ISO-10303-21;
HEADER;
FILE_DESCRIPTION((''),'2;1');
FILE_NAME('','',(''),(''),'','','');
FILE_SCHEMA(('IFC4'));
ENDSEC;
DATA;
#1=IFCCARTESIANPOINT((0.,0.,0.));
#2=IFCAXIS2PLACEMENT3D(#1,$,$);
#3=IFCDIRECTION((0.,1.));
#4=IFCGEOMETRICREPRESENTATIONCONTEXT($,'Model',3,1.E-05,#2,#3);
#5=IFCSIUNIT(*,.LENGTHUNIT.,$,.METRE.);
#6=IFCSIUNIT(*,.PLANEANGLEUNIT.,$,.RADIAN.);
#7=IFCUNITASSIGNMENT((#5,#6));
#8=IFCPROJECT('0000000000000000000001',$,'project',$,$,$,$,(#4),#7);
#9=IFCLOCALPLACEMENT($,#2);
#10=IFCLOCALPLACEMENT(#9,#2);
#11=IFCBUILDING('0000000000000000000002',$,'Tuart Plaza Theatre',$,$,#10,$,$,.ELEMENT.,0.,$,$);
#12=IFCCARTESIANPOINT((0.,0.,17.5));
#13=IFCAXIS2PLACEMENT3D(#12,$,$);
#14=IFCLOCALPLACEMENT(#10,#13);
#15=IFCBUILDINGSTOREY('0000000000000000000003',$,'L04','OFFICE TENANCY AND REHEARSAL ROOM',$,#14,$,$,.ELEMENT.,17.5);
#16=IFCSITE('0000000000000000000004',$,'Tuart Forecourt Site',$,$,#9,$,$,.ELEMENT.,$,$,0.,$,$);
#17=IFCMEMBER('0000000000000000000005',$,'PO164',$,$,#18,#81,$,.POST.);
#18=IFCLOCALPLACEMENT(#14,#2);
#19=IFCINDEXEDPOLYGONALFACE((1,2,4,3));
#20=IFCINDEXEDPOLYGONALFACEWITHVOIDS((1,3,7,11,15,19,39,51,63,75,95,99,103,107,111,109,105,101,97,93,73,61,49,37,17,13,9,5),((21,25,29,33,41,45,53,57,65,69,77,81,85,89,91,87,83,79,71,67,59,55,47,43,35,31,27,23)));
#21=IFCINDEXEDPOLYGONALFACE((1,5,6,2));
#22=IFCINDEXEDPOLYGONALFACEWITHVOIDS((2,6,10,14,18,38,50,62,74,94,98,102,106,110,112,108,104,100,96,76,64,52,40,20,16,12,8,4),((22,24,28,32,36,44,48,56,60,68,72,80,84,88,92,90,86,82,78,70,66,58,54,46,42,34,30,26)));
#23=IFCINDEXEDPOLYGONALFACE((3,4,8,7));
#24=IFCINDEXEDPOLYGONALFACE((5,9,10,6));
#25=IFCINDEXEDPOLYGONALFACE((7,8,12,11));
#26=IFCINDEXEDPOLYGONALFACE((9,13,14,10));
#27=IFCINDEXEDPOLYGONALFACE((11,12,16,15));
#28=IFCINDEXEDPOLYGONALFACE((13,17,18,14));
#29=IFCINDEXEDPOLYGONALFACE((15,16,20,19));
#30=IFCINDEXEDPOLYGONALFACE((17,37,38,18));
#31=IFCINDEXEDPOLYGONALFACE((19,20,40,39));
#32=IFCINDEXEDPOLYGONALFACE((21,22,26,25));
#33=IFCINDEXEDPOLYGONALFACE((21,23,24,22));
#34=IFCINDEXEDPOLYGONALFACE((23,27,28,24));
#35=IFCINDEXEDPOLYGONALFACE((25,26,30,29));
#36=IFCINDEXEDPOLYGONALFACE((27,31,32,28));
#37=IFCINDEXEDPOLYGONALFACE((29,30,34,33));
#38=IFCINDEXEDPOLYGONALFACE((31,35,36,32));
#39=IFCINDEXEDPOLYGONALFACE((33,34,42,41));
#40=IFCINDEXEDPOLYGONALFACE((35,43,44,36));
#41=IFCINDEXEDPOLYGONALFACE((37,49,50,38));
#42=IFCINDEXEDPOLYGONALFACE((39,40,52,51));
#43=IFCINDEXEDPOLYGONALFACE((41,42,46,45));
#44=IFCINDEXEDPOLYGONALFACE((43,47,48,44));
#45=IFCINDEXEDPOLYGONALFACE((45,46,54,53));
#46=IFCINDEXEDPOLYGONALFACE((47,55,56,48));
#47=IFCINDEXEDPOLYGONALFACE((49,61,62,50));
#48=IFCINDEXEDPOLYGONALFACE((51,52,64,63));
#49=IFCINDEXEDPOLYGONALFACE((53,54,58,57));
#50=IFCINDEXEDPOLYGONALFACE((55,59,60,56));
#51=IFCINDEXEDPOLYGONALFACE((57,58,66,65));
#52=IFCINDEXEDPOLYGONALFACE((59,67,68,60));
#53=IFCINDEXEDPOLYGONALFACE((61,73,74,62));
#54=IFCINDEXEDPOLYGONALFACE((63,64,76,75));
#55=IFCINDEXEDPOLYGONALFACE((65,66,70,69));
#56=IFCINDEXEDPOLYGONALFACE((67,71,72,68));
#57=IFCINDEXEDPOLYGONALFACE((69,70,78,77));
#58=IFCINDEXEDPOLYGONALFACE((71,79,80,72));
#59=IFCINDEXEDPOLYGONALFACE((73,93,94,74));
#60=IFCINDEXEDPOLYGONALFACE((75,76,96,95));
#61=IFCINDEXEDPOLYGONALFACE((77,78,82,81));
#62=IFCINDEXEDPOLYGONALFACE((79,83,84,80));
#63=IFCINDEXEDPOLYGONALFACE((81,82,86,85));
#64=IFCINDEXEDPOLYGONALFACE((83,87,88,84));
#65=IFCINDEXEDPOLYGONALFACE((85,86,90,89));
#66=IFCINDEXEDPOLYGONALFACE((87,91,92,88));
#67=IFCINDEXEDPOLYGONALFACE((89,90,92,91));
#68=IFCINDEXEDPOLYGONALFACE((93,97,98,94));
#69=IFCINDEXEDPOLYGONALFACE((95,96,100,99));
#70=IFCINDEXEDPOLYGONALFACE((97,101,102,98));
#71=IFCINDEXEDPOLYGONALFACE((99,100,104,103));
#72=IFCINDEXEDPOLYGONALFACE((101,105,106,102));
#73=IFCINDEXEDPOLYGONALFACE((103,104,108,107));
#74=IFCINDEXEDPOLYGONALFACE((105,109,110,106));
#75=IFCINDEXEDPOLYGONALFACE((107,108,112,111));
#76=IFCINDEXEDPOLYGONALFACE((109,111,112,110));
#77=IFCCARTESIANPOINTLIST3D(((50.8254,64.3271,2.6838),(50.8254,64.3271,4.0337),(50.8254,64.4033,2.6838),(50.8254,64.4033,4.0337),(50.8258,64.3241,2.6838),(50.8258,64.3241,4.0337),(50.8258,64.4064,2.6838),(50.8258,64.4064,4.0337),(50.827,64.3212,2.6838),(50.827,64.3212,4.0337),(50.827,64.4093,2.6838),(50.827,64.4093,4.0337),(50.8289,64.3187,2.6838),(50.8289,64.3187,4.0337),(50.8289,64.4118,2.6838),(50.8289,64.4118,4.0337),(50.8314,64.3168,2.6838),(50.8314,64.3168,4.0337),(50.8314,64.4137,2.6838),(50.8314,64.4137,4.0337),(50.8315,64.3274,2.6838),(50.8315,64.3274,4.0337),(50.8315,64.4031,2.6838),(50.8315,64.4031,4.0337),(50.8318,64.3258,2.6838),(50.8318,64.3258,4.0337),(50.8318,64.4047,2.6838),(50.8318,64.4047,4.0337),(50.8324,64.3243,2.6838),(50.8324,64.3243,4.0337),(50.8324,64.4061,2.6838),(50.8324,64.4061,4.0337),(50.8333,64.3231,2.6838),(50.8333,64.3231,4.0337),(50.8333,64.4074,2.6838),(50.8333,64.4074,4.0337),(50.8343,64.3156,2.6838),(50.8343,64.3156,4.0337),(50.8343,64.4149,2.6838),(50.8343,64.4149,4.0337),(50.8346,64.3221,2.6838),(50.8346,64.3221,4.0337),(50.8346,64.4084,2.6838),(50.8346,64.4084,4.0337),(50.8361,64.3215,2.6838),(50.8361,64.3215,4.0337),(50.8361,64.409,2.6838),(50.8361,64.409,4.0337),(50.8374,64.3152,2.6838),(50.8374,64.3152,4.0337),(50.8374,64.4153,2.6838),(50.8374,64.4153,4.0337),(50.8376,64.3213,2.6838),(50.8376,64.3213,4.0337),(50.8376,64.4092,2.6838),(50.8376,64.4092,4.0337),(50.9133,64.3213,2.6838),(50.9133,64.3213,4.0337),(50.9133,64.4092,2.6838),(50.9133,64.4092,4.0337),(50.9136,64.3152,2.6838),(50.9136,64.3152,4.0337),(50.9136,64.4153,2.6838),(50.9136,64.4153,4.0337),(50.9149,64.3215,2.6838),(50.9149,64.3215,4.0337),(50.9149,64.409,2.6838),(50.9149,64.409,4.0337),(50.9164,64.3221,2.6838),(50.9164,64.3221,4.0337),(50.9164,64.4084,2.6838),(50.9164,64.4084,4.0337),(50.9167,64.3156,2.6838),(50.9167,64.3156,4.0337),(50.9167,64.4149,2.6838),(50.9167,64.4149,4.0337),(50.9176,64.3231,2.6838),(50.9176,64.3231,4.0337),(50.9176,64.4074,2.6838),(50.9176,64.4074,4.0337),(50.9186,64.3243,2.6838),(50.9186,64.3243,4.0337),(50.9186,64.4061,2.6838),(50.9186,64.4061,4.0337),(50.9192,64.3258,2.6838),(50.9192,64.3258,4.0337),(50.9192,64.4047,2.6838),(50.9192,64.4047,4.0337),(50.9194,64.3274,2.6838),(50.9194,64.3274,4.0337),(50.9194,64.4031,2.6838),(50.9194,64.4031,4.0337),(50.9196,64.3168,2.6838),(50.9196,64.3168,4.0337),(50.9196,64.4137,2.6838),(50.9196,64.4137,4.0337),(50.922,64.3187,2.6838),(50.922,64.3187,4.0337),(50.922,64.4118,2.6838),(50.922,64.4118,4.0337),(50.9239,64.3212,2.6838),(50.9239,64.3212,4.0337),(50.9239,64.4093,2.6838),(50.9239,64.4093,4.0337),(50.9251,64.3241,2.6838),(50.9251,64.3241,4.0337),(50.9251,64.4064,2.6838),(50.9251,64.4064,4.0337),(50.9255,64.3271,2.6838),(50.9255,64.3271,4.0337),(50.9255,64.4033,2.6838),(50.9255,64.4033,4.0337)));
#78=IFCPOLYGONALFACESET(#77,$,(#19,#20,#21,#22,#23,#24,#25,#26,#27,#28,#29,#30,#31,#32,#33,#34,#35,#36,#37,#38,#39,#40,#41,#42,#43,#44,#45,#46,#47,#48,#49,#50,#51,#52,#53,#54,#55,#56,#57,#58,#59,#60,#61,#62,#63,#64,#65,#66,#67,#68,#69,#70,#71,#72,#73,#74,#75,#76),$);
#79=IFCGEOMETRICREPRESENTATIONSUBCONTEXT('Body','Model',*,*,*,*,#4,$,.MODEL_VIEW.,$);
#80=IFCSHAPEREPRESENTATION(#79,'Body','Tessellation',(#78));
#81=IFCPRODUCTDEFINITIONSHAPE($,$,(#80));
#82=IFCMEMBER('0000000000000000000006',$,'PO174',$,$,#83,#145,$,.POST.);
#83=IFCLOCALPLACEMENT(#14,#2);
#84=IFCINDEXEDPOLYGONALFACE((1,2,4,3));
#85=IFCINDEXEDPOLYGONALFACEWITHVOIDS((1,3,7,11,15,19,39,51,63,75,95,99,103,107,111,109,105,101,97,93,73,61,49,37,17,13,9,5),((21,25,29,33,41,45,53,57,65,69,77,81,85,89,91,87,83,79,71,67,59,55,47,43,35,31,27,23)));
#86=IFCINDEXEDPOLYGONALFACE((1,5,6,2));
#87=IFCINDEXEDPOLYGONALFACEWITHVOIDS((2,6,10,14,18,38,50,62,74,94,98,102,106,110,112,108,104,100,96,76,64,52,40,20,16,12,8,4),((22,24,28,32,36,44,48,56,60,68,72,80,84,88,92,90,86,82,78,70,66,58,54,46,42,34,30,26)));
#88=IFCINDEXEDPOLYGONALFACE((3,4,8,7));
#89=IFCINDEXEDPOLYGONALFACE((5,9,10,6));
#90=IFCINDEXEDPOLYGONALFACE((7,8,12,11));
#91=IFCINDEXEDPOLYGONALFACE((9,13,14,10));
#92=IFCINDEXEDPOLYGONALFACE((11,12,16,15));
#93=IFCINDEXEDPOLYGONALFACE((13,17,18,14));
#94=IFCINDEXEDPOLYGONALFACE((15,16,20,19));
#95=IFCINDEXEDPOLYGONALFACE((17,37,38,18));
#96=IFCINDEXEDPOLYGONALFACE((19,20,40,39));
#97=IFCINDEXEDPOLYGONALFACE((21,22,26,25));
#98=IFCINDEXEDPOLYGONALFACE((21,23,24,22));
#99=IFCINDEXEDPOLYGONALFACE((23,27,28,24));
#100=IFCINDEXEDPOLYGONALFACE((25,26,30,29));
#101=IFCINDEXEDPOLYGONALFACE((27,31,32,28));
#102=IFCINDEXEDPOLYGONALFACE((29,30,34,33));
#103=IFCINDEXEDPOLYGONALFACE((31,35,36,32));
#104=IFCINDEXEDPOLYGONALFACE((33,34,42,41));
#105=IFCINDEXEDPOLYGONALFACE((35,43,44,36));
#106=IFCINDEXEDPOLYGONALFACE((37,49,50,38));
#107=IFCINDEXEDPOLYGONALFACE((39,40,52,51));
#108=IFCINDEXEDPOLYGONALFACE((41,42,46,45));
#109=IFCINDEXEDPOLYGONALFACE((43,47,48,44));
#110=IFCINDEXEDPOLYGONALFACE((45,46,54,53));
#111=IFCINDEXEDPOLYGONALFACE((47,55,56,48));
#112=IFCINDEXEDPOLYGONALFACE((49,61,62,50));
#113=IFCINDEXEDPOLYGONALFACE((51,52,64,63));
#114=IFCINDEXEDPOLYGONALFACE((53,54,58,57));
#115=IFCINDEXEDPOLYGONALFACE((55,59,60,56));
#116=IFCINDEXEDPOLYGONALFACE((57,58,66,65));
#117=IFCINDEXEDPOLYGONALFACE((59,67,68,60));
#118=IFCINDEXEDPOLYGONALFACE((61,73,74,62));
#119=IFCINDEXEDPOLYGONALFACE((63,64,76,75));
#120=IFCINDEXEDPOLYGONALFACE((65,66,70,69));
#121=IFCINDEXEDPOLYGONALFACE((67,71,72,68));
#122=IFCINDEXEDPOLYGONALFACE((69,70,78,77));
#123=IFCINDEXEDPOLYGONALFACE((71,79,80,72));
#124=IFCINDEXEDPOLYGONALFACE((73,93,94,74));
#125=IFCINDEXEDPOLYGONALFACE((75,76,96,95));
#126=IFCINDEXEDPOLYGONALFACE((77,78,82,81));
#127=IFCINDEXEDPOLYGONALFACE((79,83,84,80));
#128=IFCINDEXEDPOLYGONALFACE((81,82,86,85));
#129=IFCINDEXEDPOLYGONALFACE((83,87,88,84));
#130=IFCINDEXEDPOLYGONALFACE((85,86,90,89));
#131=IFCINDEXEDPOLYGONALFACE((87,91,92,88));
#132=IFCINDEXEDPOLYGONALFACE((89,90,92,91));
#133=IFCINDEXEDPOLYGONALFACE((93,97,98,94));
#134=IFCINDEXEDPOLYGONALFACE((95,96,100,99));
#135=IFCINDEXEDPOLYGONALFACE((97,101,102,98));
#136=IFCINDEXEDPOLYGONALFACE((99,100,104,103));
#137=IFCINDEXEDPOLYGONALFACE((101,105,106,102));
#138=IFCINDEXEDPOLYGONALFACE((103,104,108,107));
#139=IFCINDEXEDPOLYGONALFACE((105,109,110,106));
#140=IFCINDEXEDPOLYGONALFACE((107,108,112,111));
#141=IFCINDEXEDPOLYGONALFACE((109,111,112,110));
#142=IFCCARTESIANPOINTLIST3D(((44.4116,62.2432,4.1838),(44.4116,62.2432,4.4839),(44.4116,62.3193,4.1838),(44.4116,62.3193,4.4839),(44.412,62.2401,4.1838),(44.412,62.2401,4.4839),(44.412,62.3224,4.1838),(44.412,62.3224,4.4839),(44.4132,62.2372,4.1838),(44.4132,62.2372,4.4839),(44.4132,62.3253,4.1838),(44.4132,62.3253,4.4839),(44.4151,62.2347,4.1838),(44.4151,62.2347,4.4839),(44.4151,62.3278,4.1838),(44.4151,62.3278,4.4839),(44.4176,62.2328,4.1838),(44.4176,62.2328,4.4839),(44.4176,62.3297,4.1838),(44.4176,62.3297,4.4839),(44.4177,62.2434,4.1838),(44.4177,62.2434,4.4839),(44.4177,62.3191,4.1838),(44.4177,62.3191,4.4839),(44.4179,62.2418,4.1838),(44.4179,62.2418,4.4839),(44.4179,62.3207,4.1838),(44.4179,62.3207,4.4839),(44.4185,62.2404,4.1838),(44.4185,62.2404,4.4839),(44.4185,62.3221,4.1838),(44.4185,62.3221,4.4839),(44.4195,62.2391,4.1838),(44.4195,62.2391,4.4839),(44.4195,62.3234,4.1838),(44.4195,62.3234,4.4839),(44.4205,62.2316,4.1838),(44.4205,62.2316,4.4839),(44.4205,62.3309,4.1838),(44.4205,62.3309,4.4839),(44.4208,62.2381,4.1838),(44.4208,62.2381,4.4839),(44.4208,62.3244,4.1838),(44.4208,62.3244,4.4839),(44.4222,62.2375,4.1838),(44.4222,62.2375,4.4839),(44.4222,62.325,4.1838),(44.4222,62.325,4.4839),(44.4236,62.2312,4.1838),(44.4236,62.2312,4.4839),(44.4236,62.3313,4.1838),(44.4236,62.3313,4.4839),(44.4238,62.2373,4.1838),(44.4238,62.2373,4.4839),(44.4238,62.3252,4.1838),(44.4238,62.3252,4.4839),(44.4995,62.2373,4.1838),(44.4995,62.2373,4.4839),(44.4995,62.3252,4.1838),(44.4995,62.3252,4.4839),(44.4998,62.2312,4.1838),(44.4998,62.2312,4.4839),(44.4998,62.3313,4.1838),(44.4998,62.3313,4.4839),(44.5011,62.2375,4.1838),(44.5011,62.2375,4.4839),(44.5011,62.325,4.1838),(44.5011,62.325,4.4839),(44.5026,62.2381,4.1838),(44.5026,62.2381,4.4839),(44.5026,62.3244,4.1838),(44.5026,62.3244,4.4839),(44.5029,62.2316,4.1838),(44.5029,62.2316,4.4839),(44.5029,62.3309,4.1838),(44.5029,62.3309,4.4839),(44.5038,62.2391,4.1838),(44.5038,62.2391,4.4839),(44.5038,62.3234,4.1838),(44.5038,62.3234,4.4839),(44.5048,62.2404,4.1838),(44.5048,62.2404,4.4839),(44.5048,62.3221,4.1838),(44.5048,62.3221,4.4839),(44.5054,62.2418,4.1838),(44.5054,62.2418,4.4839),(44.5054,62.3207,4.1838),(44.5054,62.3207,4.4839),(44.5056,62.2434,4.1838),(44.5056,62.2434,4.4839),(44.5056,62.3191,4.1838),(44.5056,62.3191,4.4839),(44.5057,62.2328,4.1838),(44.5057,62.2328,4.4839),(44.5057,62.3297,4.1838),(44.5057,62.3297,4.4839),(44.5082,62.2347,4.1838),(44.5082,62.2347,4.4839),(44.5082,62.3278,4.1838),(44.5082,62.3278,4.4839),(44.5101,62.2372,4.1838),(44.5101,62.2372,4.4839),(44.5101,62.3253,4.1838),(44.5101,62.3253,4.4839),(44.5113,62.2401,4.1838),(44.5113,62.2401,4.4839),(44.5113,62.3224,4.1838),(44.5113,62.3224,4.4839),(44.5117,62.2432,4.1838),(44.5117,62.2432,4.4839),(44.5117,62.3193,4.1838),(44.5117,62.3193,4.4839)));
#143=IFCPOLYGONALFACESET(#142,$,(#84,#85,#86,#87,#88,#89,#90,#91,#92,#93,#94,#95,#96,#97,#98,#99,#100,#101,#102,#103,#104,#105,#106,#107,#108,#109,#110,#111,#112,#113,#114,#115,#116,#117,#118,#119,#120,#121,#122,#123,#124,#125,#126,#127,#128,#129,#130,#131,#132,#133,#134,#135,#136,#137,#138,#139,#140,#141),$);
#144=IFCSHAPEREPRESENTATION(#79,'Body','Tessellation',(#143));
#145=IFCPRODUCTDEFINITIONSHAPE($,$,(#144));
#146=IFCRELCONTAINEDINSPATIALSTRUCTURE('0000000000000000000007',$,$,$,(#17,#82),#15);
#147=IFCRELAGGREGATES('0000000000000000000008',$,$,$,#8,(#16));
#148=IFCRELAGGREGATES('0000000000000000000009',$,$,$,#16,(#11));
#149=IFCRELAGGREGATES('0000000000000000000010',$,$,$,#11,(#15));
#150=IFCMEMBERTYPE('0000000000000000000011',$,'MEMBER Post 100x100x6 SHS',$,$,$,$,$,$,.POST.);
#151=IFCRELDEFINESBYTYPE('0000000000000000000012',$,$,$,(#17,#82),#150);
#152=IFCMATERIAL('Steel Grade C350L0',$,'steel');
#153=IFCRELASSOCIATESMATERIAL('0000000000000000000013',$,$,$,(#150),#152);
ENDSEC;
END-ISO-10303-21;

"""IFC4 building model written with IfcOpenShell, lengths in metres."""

from ifc_helpers import new_model, si_unit, direction, frame, origin, origin_2d, place, context, subcontext, project, spatial, hollow_rectangle, extrude, material, material_profile, profile_set, type_object, element, save


model = new_model("IFC4")

# Units and contexts
model_context = context("Model", 3, precision=1e-05, world=origin(), true_north=direction((0.0, 1.0)))
body_context = subcontext(model_context, "Body", "Model", "MODEL_VIEW")
ifc_project = project(units=[si_unit("LENGTHUNIT", "METRE"), si_unit("PLANEANGLEUNIT", "RADIAN")], contexts=[model_context])

# Site, building, storey
site_placement = place(None, origin())
site = spatial("IfcSite", under=ifc_project, at=site_placement, Name="Tuart Forecourt Site", CompositionType="ELEMENT", RefElevation=0.0)
building_placement = place(site_placement, origin())
building = spatial("IfcBuilding", under=site, at=building_placement, Name="Tuart Plaza Theatre", CompositionType="ELEMENT", ElevationOfRefHeight=0.0)
storey_placement = place(building_placement, frame((0.0, 0.0, 17.5)))
storey = spatial("IfcBuildingStorey", under=building, at=storey_placement, Name="L04", Description="OFFICE TENANCY AND REHEARSAL ROOM", CompositionType="ELEMENT", Elevation=17.5)

# Members
ifc_material_1 = material(Name="Steel Grade C350L0", Category="steel")
ifc_material_profile_1 = material_profile(ifc_material_1, hollow_rectangle(XDim=0.1001, YDim=0.1001, WallThickness=0.0061, InnerFilletRadius=0.0061, OuterFilletRadius=0.012, at=origin_2d()), Name="100x100x6 SHS")
ifc_profile_set_1 = profile_set([ifc_material_profile_1], Name="Steel Grade C350L0")
member_type_1 = type_object("IfcMemberType", Name="MEMBER Post 100x100x6 SHS", PredefinedType="POST", material=ifc_profile_set_1)
for number, where, z_axis, x_axis, name in (
    (1, (50.8755, 64.3652, 2.6838), (0.0, 0.0, 1.0), (1.0, 0.0, 0.0), "PO164"),
):
    element("IfcMember", number, at=place(storey_placement, frame(where, z_axis=z_axis, x_axis=x_axis)), inside=storey, type_object=member_type_1, Name=name, PredefinedType="POST", context=body_context, shape_type="SweptSolid", body=[
        extrude(hollow_rectangle(XDim=0.1001, YDim=0.1001, WallThickness=0.0061, InnerFilletRadius=0.0061, OuterFilletRadius=0.012, at=origin_2d()), origin(), (0.0, 0.0, 1.0), 1.3499),
    ])
for number, where, z_axis, x_axis, name in (
    (2, (44.4617, 62.2812, 4.1838), (0.0, 0.0, 1.0), (1.0, 0.0, 0.0), "PO174"),
):
    element("IfcMember", number, at=place(storey_placement, frame(where, z_axis=z_axis, x_axis=x_axis)), inside=storey, type_object=member_type_1, Name=name, PredefinedType="POST", context=body_context, shape_type="SweptSolid", body=[
        extrude(hollow_rectangle(XDim=0.1001, YDim=0.1001, WallThickness=0.0061, InnerFilletRadius=0.0061, OuterFilletRadius=0.012, at=origin_2d()), origin(), (0.0, 0.0, 1.0), 0.3),
    ])

save(model, "model.ifc")
